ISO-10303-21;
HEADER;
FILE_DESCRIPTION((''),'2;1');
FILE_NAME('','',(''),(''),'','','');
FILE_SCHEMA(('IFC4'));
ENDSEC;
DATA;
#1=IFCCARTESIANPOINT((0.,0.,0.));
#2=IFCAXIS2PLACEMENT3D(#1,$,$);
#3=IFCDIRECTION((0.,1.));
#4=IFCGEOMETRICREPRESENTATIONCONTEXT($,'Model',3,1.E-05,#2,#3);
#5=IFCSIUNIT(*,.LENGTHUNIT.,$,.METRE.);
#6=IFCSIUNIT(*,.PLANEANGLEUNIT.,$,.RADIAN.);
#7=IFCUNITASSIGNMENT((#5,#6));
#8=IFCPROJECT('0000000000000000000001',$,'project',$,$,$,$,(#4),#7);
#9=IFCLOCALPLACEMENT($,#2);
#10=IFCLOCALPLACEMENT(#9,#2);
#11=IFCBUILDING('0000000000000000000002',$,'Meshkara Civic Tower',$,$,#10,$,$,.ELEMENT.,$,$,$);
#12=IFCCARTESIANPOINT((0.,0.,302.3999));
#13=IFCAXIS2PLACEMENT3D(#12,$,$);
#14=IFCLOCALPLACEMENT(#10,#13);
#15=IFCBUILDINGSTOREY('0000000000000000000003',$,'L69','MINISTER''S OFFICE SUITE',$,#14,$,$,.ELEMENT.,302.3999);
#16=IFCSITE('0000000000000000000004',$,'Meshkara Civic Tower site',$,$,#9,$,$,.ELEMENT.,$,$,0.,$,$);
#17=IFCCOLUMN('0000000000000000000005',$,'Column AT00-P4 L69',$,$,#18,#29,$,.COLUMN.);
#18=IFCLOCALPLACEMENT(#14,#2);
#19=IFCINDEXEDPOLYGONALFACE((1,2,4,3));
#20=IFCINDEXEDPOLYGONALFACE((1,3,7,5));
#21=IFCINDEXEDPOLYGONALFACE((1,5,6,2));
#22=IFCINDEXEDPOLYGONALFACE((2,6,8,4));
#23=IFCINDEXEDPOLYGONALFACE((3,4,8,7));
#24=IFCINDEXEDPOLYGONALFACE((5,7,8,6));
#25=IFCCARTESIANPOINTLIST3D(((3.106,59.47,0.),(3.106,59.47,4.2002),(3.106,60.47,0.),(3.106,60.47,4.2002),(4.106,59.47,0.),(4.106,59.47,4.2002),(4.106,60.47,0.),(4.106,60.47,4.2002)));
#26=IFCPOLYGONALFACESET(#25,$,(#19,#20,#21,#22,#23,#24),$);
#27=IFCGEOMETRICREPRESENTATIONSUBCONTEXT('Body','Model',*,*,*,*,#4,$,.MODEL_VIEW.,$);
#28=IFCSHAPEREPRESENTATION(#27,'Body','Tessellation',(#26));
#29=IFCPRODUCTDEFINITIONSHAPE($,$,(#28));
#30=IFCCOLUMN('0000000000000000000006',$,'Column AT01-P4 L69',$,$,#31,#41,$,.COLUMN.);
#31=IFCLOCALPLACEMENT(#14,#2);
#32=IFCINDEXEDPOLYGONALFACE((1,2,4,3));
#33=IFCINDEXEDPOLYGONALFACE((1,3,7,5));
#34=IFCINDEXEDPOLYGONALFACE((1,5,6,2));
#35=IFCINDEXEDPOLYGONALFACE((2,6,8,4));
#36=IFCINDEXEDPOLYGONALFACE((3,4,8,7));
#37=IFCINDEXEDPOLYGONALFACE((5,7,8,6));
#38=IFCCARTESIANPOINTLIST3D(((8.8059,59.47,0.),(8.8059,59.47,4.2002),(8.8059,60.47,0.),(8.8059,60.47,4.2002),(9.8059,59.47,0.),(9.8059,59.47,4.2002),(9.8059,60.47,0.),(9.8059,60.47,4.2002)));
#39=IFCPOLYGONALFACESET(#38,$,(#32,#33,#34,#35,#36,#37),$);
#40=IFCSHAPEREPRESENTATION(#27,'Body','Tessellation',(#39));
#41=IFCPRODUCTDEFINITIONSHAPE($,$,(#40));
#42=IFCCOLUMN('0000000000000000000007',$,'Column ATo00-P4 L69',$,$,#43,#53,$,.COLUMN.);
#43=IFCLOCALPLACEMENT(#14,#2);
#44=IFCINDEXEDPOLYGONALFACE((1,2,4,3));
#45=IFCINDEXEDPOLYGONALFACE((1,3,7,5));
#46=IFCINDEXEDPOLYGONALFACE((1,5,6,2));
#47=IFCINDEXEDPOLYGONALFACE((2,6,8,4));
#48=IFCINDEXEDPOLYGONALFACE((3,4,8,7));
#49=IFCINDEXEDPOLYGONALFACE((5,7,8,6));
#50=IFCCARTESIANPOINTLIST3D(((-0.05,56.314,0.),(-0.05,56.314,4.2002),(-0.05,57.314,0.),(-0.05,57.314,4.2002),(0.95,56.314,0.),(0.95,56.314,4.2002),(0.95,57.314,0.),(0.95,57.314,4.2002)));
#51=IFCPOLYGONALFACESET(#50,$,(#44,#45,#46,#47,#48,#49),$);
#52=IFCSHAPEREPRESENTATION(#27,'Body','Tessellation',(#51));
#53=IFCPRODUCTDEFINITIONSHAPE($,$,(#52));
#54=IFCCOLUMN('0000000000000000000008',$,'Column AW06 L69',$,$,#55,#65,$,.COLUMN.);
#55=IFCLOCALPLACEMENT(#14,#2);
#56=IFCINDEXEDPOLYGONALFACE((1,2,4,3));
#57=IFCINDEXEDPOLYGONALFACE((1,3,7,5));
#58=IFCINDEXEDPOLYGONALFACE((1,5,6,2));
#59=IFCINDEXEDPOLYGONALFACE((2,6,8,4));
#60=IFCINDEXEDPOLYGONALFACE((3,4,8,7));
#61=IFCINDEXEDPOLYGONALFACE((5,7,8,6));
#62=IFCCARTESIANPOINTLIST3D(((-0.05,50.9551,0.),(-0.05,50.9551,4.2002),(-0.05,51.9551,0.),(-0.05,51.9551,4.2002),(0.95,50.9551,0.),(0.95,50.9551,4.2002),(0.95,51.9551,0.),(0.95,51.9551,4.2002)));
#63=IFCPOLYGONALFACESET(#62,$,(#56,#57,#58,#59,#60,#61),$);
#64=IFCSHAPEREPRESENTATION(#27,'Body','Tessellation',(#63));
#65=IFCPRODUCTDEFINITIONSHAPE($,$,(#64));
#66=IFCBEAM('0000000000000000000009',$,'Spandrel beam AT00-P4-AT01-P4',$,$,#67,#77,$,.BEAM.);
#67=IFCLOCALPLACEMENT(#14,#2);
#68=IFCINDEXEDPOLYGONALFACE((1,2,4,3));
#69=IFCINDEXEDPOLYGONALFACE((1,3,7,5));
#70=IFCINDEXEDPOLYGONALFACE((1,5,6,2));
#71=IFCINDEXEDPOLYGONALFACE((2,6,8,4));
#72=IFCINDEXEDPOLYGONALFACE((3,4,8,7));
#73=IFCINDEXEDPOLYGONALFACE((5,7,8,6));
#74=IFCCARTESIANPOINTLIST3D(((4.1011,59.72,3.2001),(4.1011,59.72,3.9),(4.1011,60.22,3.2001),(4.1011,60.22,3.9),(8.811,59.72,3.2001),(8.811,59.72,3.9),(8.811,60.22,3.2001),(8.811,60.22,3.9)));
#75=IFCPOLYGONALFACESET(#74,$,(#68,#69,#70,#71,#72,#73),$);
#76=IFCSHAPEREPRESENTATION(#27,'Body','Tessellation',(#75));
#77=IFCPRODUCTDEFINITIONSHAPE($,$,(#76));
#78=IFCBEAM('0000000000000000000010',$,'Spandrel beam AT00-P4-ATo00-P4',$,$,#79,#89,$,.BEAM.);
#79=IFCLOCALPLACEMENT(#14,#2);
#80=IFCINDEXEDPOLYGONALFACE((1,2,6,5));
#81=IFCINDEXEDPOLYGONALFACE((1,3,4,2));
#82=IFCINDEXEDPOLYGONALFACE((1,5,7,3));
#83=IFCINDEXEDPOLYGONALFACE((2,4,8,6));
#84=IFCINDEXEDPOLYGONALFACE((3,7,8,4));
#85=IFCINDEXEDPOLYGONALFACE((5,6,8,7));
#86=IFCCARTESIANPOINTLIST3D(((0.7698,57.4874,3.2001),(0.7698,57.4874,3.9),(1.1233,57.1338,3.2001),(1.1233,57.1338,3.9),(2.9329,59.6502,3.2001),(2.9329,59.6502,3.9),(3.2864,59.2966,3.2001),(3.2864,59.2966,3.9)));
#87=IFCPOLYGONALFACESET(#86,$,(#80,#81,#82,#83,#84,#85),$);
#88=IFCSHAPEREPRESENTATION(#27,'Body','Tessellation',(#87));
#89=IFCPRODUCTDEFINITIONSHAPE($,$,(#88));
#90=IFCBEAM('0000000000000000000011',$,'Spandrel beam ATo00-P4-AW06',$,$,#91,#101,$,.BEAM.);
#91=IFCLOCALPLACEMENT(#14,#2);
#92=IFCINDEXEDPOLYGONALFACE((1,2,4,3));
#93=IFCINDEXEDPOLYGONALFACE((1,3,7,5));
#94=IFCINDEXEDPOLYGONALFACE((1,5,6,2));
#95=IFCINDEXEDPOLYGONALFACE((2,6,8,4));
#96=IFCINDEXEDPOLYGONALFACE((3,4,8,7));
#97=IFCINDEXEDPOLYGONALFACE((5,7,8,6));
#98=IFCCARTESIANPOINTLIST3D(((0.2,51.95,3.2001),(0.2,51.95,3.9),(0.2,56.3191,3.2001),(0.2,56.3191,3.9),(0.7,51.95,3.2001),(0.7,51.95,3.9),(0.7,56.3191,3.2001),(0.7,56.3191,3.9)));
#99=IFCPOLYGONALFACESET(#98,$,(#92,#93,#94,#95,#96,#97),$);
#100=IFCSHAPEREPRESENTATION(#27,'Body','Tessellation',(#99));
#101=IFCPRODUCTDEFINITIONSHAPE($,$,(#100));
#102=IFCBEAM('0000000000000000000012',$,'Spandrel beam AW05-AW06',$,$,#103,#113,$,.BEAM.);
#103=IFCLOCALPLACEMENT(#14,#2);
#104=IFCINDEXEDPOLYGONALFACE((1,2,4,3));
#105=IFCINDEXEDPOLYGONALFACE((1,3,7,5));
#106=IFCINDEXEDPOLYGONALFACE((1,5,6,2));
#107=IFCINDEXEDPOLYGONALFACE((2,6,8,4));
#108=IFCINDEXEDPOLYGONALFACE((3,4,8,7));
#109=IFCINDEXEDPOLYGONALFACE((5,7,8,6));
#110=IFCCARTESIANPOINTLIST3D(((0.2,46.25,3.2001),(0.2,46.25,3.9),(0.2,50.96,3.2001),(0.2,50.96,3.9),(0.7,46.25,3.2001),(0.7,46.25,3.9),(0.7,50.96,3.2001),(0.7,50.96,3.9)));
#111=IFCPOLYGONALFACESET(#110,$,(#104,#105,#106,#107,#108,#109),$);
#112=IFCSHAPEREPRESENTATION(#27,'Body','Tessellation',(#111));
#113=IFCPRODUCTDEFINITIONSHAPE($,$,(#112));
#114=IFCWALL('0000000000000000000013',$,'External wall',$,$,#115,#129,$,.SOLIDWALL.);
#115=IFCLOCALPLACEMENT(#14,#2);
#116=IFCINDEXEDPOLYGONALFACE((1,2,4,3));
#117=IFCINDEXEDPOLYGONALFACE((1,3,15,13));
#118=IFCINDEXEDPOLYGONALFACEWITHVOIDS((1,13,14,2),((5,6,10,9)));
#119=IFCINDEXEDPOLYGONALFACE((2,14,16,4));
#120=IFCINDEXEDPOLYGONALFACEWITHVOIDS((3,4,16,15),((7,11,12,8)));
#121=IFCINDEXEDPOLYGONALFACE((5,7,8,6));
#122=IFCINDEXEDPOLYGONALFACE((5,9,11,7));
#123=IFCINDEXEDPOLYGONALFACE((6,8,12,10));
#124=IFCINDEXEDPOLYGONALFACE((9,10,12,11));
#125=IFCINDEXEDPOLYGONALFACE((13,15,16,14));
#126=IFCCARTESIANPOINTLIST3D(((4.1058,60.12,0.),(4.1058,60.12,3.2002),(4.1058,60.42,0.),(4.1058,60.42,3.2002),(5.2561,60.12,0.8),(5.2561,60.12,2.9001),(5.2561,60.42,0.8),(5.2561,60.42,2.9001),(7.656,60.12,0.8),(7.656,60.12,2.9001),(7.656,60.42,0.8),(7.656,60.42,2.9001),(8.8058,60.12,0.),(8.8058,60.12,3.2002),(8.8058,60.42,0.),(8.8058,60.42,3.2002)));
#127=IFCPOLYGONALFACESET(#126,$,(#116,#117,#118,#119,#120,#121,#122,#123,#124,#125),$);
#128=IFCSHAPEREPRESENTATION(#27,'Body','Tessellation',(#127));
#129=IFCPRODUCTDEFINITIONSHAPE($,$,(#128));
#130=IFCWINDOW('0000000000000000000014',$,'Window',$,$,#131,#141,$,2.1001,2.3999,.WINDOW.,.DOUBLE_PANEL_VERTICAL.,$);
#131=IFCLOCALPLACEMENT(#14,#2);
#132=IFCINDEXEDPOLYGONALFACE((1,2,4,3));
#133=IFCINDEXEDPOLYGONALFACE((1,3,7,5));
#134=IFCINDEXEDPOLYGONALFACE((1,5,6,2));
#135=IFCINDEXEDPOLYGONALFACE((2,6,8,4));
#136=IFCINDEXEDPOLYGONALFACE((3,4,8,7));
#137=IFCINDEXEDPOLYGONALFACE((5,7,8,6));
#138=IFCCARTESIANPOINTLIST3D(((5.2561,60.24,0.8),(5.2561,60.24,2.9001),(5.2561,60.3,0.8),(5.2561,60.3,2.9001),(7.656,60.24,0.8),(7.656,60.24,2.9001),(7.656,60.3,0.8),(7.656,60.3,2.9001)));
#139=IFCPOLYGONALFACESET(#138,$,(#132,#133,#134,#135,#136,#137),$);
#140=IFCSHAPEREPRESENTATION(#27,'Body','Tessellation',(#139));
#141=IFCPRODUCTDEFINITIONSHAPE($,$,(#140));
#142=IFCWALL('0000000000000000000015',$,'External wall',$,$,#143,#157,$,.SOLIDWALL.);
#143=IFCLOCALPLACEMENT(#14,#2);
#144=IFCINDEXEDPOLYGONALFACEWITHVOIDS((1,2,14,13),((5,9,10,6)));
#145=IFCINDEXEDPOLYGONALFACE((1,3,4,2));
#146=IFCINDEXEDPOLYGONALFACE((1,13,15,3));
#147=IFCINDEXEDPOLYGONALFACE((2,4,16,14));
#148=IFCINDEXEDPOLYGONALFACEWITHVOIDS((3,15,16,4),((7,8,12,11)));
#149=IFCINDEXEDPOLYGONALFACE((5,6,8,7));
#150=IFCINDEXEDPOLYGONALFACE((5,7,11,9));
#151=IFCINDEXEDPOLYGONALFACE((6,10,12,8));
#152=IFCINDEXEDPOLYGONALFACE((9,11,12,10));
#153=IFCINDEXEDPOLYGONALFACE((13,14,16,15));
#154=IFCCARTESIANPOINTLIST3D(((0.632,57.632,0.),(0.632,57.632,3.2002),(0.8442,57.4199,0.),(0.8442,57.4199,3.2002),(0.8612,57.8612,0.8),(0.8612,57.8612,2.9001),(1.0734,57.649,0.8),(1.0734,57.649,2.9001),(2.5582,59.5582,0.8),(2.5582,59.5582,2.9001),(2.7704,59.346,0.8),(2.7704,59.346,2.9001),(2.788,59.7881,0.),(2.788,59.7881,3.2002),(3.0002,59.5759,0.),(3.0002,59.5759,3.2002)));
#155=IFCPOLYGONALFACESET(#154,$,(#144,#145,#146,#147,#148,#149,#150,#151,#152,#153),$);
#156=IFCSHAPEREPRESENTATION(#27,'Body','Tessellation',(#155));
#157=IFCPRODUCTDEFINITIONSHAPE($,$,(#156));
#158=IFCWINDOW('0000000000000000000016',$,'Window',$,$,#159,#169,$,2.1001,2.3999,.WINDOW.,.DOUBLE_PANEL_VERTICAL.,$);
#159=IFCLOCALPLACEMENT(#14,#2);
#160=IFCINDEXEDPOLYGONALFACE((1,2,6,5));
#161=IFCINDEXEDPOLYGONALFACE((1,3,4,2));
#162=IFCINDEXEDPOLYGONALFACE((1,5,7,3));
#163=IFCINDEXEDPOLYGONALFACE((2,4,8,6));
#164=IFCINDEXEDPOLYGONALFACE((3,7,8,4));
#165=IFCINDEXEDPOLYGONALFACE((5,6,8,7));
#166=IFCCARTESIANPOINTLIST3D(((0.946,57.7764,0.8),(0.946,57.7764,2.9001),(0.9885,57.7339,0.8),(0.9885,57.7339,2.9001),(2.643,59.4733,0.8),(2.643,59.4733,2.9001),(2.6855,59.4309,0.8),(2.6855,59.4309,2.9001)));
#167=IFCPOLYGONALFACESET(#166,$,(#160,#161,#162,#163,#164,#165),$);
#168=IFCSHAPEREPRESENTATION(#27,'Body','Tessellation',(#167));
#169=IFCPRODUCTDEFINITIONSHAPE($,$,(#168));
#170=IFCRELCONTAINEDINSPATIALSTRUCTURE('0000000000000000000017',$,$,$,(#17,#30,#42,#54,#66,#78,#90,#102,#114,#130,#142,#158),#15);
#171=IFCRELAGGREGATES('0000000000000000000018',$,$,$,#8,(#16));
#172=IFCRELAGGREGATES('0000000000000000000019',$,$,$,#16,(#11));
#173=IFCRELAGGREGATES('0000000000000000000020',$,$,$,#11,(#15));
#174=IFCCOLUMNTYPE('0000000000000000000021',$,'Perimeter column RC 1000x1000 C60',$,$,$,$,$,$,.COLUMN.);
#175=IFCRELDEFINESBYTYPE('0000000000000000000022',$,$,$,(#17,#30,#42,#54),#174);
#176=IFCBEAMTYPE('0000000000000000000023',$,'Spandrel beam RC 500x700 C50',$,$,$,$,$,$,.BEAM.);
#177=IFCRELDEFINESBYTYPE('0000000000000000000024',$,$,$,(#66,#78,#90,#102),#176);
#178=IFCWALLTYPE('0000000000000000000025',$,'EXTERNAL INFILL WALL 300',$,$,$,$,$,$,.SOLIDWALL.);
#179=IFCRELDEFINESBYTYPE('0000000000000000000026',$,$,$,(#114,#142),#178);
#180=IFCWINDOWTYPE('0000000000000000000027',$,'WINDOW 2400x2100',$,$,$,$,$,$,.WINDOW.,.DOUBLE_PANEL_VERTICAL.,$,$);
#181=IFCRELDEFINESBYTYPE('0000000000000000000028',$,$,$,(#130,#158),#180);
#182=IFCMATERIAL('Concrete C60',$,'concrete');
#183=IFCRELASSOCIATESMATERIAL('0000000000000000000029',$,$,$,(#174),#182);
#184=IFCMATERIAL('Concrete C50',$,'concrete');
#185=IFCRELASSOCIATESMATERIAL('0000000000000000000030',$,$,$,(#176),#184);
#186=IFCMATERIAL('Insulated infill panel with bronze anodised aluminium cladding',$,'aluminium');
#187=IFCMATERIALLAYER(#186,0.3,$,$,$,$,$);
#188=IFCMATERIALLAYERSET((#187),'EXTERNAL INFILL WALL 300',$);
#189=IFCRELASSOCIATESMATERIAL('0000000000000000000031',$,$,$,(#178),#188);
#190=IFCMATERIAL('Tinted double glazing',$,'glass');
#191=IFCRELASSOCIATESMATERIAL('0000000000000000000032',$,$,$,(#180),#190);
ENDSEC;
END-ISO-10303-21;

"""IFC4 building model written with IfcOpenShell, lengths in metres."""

from ifc_helpers import new_model, si_unit, direction, frame, frame_2d, origin, origin_2d, place, context, subcontext, project, spatial, rectangle, extrude, material, layer, layer_set, material_profile, profile_set, type_object, element, fill, save


model = new_model("IFC4")

# Units and contexts
model_context = context("Model", 3, precision=1e-05, world=origin(), true_north=direction((0.0, 1.0)))
body_context = subcontext(model_context, "Body", "Model", "MODEL_VIEW")
ifc_project = project(units=[si_unit("LENGTHUNIT", "METRE"), si_unit("PLANEANGLEUNIT", "RADIAN")], contexts=[model_context])

# Site, building, storey
site_placement = place(None, origin())
site = spatial("IfcSite", under=ifc_project, at=site_placement, Name="Meshkara Civic Tower site", CompositionType="ELEMENT", RefElevation=0.0)
building_placement = place(site_placement, origin())
building = spatial("IfcBuilding", under=site, at=building_placement, Name="Meshkara Civic Tower", CompositionType="ELEMENT")
storey_placement = place(building_placement, frame((0.0, 0.0, 302.3999)))
storey = spatial("IfcBuildingStorey", under=building, at=storey_placement, Name="L69", Description="MINISTER'S OFFICE SUITE", CompositionType="ELEMENT", Elevation=302.3999)

# Columns
ifc_material_1 = material(Name="Concrete C60", Category="concrete")
ifc_material_profile_1 = material_profile(ifc_material_1, rectangle(XDim=1.0, YDim=1.0, at=origin_2d()))
ifc_profile_set_1 = profile_set([ifc_material_profile_1], Name="Concrete C60")
column_type = type_object("IfcColumnType", Name="Perimeter column RC 1000x1000 C60", PredefinedType="COLUMN", material=ifc_profile_set_1)
for number, where, z_axis, x_axis, name in (
    (1, (3.606, 59.97, 0.0), (0.0, 0.0, 1.0), (1.0, 0.0, 0.0), "Column AT00-P4 L69"),
    (2, (9.3059, 59.97, 0.0), (0.0, 0.0, 1.0), (1.0, 0.0, 0.0), "Column AT01-P4 L69"),
    (3, (0.45, 56.814, 0.0), (0.0, 0.0, 1.0), (1.0, 0.0, 0.0), "Column ATo00-P4 L69"),
    (4, (0.45, 51.4551, 0.0), (0.0, 0.0, 1.0), (1.0, 0.0, 0.0), "Column AW06 L69"),
):
    element("IfcColumn", number, at=place(storey_placement, frame(where, z_axis=z_axis, x_axis=x_axis)), inside=storey, type_object=column_type, Name=name, PredefinedType="COLUMN", context=body_context, shape_type="SweptSolid", body=[
        extrude(rectangle(XDim=1.0, YDim=1.0, at=origin_2d()), origin(), (0.0, 0.0, 1.0), 4.2002),
    ])

# Beams
ifc_material_2 = material(Name="Concrete C50", Category="concrete")
ifc_material_profile_2 = material_profile(ifc_material_2, rectangle(XDim=0.5, YDim=0.7, at=origin_2d()))
ifc_profile_set_2 = profile_set([ifc_material_profile_2], Name="Concrete C50")
beam_type = type_object("IfcBeamType", Name="Spandrel beam RC 500x700 C50", PredefinedType="BEAM", material=ifc_profile_set_2)
beam_1_placement = place(storey_placement, frame((8.811, 59.97, 3.55), z_axis=(-1.0, 0.0, 0.0), x_axis=(0.0, -1.0, 0.0)))
element("IfcBeam", 5, at=beam_1_placement, inside=storey, type_object=beam_type, Name="Spandrel beam AT00-P4-AT01-P4", PredefinedType="BEAM", context=body_context, shape_type="SweptSolid", body=[
    extrude(rectangle(XDim=0.5, YDim=0.7, at=origin_2d()), origin(), (0.0, 0.0, 1.0), 4.71),
])
beam_2_placement = place(storey_placement, frame((3.1096, 59.4734, 3.55), z_axis=(-0.707147, -0.707067, 0.0), x_axis=(0.707067, -0.707147, 0.0)))
element("IfcBeam", 6, at=beam_2_placement, inside=storey, type_object=beam_type, Name="Spandrel beam AT00-P4-ATo00-P4", PredefinedType="BEAM", context=body_context, shape_type="SweptSolid", body=[
    extrude(rectangle(XDim=0.5, YDim=0.7, at=origin_2d()), origin(), (0.0, 0.0, 1.0), 3.0588),
])
beam_3_placement = place(storey_placement, frame((0.45, 56.3191, 3.55), z_axis=(0.0, -1.0, 0.0), x_axis=(1.0, 0.0, 0.0)))
element("IfcBeam", 7, at=beam_3_placement, inside=storey, type_object=beam_type, Name="Spandrel beam ATo00-P4-AW06", PredefinedType="BEAM", context=body_context, shape_type="SweptSolid", body=[
    extrude(rectangle(XDim=0.5, YDim=0.7, at=origin_2d()), origin(), (0.0, 0.0, 1.0), 4.3691),
])
beam_4_placement = place(storey_placement, frame((0.45, 50.96, 3.55), z_axis=(0.0, -1.0, 0.0), x_axis=(1.0, 0.0, 0.0)))
element("IfcBeam", 8, at=beam_4_placement, inside=storey, type_object=beam_type, Name="Spandrel beam AW05-AW06", PredefinedType="BEAM", context=body_context, shape_type="SweptSolid", body=[
    extrude(rectangle(XDim=0.5, YDim=0.7, at=origin_2d()), origin(), (0.0, 0.0, 1.0), 4.71),
])

# Walls, openings, windows
ifc_material_3 = material(Name="Insulated infill panel with bronze anodised aluminium cladding", Category="aluminium")
ifc_layer_1 = layer(ifc_material_3, 0.3)
ifc_layer_set_1 = layer_set([ifc_layer_1], Name="EXTERNAL INFILL WALL 300")
wall_type_1 = type_object("IfcWallType", Name="EXTERNAL INFILL WALL 300", PredefinedType="SOLIDWALL", material=ifc_layer_set_1)
wall_1_placement = place(storey_placement, frame((8.8059, 60.27, 0.0), z_axis=(0.0, 0.0, 1.0), x_axis=(-1.0, 0.0, 0.0)))
wall_1 = element("IfcWall", 9, at=wall_1_placement, inside=storey, type_object=wall_type_1, Name="External wall", PredefinedType="SOLIDWALL", context=body_context, shape_type="SweptSolid", body=[
    extrude(rectangle(XDim=4.7, YDim=0.3, at=frame_2d((2.3501, 0.0))), origin(), (0.0, 0.0, 1.0), 3.2002),
])
opening_1_placement = place(wall_1_placement, frame((1.1499, 0.0, 0.8)))
opening_1 = element("IfcOpeningElement", 10, at=opening_1_placement, cuts=wall_1, PredefinedType="OPENING", context=body_context, shape_type="SweptSolid", body=[
    extrude(rectangle(XDim=2.3999, YDim=2.1001, at=frame_2d((1.2, 1.05))), frame((0.0, 0.1599, 0.0), z_axis=(0.0, -1.0, 0.0), x_axis=(1.0, 0.0, 0.0)), (0.0, 0.0, 1.0), 0.3201),
])
ifc_material_4 = material(Name="Tinted double glazing", Category="glass")
window_type = type_object("IfcWindowType", Name="WINDOW 2400x2100", PartitioningType="DOUBLE_PANEL_VERTICAL", PredefinedType="WINDOW", material=ifc_material_4)
window_1_placement = place(opening_1_placement, origin())
window_1 = element("IfcWindow", 11, at=window_1_placement, inside=storey, type_object=window_type, Name="Window", OverallHeight=2.1001, OverallWidth=2.3999, PartitioningType="DOUBLE_PANEL_VERTICAL", PredefinedType="WINDOW", context=body_context, shape_type="SweptSolid", body=[
    extrude(rectangle(XDim=2.3999, YDim=2.1001, at=frame_2d((1.2, 1.05))), frame((0.0, 0.03, 0.0), z_axis=(0.0, -1.0, 0.0), x_axis=(1.0, 0.0, 0.0)), (0.0, 0.0, 1.0), 0.0601),
])
fill(opening_1, window_1)
wall_2_placement = place(storey_placement, frame((2.894, 59.6819, 0.0), z_axis=(0.0, 0.0, 1.0), x_axis=(-0.707107, -0.707107, 0.0)))
wall_2 = element("IfcWall", 12, at=wall_2_placement, inside=storey, type_object=wall_type_1, Name="External wall", PredefinedType="SOLIDWALL", context=body_context, shape_type="SweptSolid", body=[
    extrude(rectangle(XDim=3.0491, YDim=0.3, at=frame_2d((1.5244, 0.0))), origin(), (0.0, 0.0, 1.0), 3.2002),
])
opening_2_placement = place(wall_2_placement, frame((0.325, 0.0, 0.8)))
opening_2 = element("IfcOpeningElement", 13, at=opening_2_placement, cuts=wall_2, PredefinedType="OPENING", context=body_context, shape_type="SweptSolid", body=[
    extrude(rectangle(XDim=2.3999, YDim=2.1001, at=frame_2d((1.2, 1.05))), frame((0.0, 0.1599, 0.0), z_axis=(0.0, -1.0, 0.0), x_axis=(1.0, 0.0, 0.0)), (0.0, 0.0, 1.0), 0.3201),
])
window_2_placement = place(opening_2_placement, origin())
window_2 = element("IfcWindow", 14, at=window_2_placement, inside=storey, type_object=window_type, Name="Window", OverallHeight=2.1001, OverallWidth=2.3999, PartitioningType="DOUBLE_PANEL_VERTICAL", PredefinedType="WINDOW", context=body_context, shape_type="SweptSolid", body=[
    extrude(rectangle(XDim=2.3999, YDim=2.1001, at=frame_2d((1.2, 1.05))), frame((0.0, 0.03, 0.0), z_axis=(0.0, -1.0, 0.0), x_axis=(1.0, 0.0, 0.0)), (0.0, 0.0, 1.0), 0.0601),
])
fill(opening_2, window_2)

save(model, "model.ifc")
